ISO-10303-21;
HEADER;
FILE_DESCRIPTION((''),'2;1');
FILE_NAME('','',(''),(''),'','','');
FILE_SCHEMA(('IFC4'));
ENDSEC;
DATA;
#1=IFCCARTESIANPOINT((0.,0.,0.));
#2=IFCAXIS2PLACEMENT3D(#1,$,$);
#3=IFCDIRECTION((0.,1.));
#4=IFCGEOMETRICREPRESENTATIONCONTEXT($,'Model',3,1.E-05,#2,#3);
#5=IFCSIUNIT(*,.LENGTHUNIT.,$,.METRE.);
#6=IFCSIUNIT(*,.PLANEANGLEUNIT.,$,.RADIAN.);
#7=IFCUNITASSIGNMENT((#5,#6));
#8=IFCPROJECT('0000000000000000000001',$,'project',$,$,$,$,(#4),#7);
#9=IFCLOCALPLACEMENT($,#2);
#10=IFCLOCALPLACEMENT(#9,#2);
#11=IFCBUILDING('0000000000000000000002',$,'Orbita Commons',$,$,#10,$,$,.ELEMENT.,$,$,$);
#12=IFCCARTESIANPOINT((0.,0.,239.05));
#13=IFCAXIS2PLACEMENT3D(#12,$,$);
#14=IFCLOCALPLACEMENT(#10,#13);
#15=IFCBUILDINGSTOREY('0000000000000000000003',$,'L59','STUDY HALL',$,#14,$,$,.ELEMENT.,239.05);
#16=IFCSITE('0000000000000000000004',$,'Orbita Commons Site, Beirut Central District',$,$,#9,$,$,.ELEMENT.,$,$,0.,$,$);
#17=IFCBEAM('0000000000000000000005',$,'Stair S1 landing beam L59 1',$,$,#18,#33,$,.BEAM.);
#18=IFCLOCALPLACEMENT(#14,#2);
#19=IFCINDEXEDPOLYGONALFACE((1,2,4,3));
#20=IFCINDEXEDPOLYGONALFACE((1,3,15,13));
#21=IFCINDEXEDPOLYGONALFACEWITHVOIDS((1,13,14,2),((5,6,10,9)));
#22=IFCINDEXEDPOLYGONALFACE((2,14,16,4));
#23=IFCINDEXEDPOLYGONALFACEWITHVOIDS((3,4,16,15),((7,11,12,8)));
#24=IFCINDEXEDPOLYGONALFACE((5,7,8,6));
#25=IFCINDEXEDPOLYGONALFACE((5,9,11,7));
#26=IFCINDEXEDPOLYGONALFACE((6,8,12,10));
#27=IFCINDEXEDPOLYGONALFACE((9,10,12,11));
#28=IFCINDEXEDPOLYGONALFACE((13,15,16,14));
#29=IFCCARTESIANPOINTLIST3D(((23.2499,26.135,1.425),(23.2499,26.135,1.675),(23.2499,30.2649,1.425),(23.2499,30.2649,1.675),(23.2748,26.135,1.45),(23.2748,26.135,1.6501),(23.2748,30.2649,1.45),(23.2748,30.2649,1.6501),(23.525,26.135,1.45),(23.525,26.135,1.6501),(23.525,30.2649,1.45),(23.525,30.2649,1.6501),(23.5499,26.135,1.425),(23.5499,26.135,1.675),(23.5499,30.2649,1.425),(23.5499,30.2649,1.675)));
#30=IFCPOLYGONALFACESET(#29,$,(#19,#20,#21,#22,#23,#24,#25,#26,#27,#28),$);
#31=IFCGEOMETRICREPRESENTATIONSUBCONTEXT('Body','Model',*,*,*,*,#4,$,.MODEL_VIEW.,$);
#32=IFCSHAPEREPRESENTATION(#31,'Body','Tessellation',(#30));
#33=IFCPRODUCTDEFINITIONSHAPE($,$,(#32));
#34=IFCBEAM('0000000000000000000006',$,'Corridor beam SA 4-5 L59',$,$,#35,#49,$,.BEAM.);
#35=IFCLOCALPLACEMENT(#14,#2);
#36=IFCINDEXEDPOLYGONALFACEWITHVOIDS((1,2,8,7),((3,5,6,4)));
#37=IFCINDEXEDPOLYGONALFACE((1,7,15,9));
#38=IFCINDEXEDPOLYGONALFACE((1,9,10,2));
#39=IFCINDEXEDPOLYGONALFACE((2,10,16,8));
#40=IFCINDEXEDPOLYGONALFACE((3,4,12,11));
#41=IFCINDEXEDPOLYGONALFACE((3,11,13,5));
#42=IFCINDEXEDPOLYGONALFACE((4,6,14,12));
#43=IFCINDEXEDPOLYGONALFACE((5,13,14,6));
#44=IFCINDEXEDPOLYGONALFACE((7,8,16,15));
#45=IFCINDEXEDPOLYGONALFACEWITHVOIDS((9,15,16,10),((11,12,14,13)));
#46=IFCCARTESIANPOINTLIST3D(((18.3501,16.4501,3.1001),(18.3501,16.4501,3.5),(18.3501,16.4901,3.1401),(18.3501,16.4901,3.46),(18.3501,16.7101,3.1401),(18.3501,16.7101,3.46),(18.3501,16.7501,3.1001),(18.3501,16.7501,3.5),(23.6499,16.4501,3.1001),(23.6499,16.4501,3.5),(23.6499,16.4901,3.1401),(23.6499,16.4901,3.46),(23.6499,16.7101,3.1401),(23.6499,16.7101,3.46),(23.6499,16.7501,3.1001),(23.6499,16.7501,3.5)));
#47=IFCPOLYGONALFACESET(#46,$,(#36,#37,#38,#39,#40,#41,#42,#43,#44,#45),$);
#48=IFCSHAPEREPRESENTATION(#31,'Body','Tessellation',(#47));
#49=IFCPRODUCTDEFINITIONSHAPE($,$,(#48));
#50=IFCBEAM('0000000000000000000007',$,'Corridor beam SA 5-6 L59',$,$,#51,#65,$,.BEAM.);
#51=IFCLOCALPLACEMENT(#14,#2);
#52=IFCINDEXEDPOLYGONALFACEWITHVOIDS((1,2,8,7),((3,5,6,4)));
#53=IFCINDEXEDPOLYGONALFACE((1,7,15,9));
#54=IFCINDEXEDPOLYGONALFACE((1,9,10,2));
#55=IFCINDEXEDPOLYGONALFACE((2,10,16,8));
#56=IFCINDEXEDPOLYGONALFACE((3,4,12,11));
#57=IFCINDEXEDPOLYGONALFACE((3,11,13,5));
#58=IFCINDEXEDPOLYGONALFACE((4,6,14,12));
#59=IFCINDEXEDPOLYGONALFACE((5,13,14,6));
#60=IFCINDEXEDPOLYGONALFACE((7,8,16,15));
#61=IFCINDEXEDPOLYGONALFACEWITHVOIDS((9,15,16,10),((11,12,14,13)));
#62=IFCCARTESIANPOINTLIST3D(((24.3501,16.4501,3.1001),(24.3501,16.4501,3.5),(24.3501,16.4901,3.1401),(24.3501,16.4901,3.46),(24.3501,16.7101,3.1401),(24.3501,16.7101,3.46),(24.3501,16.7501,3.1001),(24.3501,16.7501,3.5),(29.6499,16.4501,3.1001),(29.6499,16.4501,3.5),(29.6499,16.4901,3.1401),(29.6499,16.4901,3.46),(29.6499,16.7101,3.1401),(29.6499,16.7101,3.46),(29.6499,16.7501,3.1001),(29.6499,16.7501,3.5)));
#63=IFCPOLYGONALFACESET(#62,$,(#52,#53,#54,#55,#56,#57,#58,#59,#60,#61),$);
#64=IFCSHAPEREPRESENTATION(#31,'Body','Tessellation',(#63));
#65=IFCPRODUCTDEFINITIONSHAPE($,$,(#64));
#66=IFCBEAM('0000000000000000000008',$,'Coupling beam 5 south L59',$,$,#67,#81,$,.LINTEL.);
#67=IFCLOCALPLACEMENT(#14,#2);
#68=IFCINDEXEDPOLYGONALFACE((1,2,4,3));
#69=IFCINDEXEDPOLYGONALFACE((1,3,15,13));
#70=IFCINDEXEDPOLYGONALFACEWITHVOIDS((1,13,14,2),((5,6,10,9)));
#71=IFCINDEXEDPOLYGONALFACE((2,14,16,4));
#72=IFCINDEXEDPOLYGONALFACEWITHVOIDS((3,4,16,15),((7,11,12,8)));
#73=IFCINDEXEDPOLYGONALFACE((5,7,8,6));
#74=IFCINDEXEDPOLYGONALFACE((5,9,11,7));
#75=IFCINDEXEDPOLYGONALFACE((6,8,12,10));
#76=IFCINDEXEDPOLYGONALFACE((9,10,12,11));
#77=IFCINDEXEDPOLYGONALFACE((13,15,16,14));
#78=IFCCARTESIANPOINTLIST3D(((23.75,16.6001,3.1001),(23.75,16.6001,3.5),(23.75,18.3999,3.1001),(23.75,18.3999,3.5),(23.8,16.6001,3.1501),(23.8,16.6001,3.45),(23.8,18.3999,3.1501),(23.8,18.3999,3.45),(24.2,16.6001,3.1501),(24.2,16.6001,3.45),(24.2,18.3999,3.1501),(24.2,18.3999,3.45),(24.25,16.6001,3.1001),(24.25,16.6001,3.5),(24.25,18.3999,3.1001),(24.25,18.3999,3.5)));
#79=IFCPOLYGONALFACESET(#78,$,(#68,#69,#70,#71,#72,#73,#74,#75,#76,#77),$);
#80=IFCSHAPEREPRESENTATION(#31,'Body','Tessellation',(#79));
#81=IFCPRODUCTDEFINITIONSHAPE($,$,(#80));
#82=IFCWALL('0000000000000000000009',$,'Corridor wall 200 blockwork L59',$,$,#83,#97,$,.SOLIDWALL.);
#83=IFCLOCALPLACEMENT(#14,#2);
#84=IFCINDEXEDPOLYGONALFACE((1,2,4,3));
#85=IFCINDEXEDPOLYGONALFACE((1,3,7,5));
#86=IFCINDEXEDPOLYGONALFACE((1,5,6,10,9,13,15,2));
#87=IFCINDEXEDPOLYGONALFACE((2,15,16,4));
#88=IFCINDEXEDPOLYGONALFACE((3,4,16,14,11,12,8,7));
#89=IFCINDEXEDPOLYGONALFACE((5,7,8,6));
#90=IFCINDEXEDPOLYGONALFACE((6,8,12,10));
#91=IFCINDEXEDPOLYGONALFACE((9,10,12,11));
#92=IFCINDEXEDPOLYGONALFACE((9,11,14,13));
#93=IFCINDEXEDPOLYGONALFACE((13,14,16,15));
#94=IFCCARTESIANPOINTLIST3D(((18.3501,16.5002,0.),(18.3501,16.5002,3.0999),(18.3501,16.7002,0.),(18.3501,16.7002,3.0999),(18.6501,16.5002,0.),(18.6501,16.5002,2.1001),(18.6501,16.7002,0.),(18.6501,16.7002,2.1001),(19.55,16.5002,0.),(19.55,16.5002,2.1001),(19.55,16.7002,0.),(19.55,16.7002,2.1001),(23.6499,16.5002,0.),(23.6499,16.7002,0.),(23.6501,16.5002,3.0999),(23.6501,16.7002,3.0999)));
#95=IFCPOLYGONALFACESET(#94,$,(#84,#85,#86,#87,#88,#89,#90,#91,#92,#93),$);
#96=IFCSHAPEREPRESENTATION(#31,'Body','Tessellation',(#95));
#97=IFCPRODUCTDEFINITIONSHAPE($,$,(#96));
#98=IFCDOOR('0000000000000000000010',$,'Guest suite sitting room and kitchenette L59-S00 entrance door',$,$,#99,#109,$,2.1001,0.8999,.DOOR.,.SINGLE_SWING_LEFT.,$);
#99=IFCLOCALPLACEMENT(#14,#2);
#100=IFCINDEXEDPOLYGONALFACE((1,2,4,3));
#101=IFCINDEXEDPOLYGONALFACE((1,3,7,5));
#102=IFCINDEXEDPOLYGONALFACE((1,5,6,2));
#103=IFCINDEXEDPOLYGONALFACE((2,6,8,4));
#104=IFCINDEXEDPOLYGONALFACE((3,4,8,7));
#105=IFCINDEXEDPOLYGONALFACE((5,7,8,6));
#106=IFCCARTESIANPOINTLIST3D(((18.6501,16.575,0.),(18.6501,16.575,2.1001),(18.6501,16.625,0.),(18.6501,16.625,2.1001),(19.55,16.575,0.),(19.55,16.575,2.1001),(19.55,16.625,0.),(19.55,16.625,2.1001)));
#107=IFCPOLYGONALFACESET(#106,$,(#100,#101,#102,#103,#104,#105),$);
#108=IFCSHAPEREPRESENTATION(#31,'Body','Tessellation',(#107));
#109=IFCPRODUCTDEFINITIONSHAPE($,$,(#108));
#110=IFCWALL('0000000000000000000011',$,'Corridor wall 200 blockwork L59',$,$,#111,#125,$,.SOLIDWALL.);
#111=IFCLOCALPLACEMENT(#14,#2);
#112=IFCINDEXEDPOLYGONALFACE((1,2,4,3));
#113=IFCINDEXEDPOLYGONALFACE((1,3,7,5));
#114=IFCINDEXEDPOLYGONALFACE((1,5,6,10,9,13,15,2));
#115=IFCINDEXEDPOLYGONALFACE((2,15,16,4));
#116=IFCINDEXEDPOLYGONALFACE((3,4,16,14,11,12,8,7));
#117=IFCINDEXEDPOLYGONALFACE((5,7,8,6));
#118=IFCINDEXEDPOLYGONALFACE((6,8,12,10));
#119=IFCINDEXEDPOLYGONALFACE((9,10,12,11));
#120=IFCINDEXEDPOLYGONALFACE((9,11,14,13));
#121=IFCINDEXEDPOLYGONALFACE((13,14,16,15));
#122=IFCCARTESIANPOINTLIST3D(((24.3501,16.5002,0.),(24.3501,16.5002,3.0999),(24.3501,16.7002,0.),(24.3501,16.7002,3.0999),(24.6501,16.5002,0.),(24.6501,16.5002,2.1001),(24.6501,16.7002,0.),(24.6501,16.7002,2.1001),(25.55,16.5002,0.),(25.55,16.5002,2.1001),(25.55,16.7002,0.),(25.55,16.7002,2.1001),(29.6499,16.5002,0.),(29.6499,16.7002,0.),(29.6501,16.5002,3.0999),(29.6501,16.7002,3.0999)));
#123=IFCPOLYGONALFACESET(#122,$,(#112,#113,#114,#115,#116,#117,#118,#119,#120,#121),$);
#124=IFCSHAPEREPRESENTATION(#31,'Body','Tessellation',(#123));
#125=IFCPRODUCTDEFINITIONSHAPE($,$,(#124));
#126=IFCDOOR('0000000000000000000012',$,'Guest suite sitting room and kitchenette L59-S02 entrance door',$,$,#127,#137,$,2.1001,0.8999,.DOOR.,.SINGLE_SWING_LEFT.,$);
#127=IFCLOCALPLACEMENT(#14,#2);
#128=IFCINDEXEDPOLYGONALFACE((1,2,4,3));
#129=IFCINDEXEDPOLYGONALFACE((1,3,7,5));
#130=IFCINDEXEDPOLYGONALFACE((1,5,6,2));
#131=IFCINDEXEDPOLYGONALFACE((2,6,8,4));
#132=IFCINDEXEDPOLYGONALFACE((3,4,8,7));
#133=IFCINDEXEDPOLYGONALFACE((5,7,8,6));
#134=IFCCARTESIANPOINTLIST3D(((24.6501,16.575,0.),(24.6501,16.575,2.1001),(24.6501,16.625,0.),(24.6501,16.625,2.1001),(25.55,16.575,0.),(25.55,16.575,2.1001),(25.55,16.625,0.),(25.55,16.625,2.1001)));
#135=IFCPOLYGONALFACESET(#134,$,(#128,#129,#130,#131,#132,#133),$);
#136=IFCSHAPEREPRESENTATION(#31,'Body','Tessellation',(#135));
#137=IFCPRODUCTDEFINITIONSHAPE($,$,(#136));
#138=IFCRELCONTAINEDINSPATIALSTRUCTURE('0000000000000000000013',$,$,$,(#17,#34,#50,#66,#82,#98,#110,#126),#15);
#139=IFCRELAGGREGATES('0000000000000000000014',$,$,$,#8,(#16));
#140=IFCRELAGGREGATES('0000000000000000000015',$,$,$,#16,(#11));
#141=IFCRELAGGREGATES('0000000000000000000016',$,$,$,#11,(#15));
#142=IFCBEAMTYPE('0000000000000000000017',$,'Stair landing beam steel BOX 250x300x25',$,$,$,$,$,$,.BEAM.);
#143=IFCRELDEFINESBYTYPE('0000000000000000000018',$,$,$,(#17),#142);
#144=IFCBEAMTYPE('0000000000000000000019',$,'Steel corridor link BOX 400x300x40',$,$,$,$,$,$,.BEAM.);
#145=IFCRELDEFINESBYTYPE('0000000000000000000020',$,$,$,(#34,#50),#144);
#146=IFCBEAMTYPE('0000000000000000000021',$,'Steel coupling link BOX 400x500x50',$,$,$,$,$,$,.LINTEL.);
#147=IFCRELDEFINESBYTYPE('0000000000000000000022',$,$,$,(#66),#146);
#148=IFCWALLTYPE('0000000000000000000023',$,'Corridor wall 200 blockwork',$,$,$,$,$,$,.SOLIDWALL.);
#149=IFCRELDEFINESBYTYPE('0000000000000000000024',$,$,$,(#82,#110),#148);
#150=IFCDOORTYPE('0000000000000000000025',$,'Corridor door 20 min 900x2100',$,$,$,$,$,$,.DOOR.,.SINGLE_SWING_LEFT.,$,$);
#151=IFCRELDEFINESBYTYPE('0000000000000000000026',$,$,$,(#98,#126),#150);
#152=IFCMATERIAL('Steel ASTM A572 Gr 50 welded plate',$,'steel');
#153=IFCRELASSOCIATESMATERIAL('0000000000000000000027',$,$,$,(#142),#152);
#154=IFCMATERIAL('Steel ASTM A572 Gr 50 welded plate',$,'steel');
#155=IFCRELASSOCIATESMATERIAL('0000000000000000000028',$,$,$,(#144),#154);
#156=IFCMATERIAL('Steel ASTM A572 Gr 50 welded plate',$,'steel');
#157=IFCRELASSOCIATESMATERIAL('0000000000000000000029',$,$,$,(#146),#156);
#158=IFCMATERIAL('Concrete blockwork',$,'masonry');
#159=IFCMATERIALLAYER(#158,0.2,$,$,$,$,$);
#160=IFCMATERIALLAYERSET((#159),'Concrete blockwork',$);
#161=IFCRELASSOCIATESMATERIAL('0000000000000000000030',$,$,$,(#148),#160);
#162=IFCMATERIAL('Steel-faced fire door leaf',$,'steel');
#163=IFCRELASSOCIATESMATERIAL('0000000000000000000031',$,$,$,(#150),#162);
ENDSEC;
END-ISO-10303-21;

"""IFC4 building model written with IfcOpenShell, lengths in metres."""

from ifc_helpers import new_model, si_unit, direction, frame, frame_2d, origin, origin_2d, place, context, subcontext, project, spatial, polyline, rectangle, hollow_rectangle, outline, extrude, material, layer, layer_set, material_profile, profile_set, type_object, element, fill, save


model = new_model("IFC4")

# Units and contexts
model_context = context("Model", 3, precision=1e-05, world=origin(), true_north=direction((0.0, 1.0)))
body_context = subcontext(model_context, "Body", "Model", "MODEL_VIEW")
ifc_project = project(units=[si_unit("LENGTHUNIT", "METRE"), si_unit("PLANEANGLEUNIT", "RADIAN")], contexts=[model_context])

# Site, building, storey
site_placement = place(None, origin())
site = spatial("IfcSite", under=ifc_project, at=site_placement, Name="Orbita Commons Site, Beirut Central District", CompositionType="ELEMENT", RefElevation=0.0)
building_placement = place(site_placement, origin())
building = spatial("IfcBuilding", under=site, at=building_placement, Name="Orbita Commons", CompositionType="ELEMENT")
storey_placement = place(building_placement, frame((0.0, 0.0, 239.05)))
storey = spatial("IfcBuildingStorey", under=building, at=storey_placement, Name="L59", Description="STUDY HALL", CompositionType="ELEMENT", Elevation=239.05)

# Beams
ifc_material_1 = material(Name="Steel ASTM A572 Gr 50 welded plate", Category="steel")
ifc_material_profile_1 = material_profile(ifc_material_1, hollow_rectangle(XDim=0.3, YDim=0.25, WallThickness=0.0249, at=origin_2d()), Name="BOX 250x300x25")
ifc_profile_set_1 = profile_set([ifc_material_profile_1], Name="Steel ASTM A572 Gr 50 welded plate")
beam_type_1 = type_object("IfcBeamType", Name="Stair landing beam steel BOX 250x300x25", PredefinedType="BEAM", material=ifc_profile_set_1)
beam_1_placement = place(storey_placement, frame((23.3999, 26.135, 1.55), z_axis=(0.0, 1.0, 0.0), x_axis=(-1.0, 0.0, 0.0)))
element("IfcBeam", 1, at=beam_1_placement, inside=storey, type_object=beam_type_1, Name="Stair S1 landing beam L59 1", PredefinedType="BEAM", context=body_context, shape_type="SweptSolid", body=[
    extrude(hollow_rectangle(XDim=0.3, YDim=0.25, WallThickness=0.0249, at=origin_2d()), origin(), (0.0, 0.0, 1.0), 4.1299),
])
ifc_material_2 = material(Name="Steel ASTM A572 Gr 50 welded plate", Category="steel")
ifc_material_profile_2 = material_profile(ifc_material_2, hollow_rectangle(XDim=0.3, YDim=0.3999, WallThickness=0.04, at=origin_2d()), Name="BOX 400x300x40")
ifc_profile_set_2 = profile_set([ifc_material_profile_2], Name="Steel ASTM A572 Gr 50 welded plate")
beam_type_2 = type_object("IfcBeamType", Name="Steel corridor link BOX 400x300x40", PredefinedType="BEAM", material=ifc_profile_set_2)
for number, where, z_axis, x_axis, name in (
    (2, (18.3501, 16.6001, 3.3), (1.0, 0.0, 0.0), (0.0, 1.0, 0.0), "Corridor beam SA 4-5 L59"),
    (3, (24.3501, 16.6001, 3.3), (1.0, 0.0, 0.0), (0.0, 1.0, 0.0), "Corridor beam SA 5-6 L59"),
):
    element("IfcBeam", number, at=place(storey_placement, frame(where, z_axis=z_axis, x_axis=x_axis)), inside=storey, type_object=beam_type_2, Name=name, PredefinedType="BEAM", context=body_context, shape_type="SweptSolid", body=[
        extrude(hollow_rectangle(XDim=0.3, YDim=0.3999, WallThickness=0.04, at=origin_2d()), origin(), (0.0, 0.0, 1.0), 5.2998),
    ])
ifc_material_3 = material(Name="Steel ASTM A572 Gr 50 welded plate", Category="steel")
ifc_material_profile_3 = material_profile(ifc_material_3, hollow_rectangle(XDim=0.5, YDim=0.3999, WallThickness=0.05, at=origin_2d()), Name="BOX 400x500x50")
ifc_profile_set_3 = profile_set([ifc_material_profile_3], Name="Steel ASTM A572 Gr 50 welded plate")
beam_type_3 = type_object("IfcBeamType", Name="Steel coupling link BOX 400x500x50", PredefinedType="LINTEL", material=ifc_profile_set_3)
beam_2_placement = place(storey_placement, frame((24.0, 16.6001, 3.3), z_axis=(0.0, 1.0, 0.0), x_axis=(-1.0, 0.0, 0.0)))
element("IfcBeam", 4, at=beam_2_placement, inside=storey, type_object=beam_type_3, Name="Coupling beam 5 south L59", PredefinedType="LINTEL", context=body_context, shape_type="SweptSolid", body=[
    extrude(hollow_rectangle(XDim=0.5, YDim=0.3999, WallThickness=0.05, at=origin_2d()), origin(), (0.0, 0.0, 1.0), 1.7998),
])

# Walls, openings, doors
ifc_material_4 = material(Name="Concrete blockwork", Category="masonry")
ifc_layer_1 = layer(ifc_material_4, 0.2)
ifc_layer_set_1 = layer_set([ifc_layer_1], Name="Concrete blockwork")
wall_type_1 = type_object("IfcWallType", Name="Corridor wall 200 blockwork", PredefinedType="SOLIDWALL", material=ifc_layer_set_1)
wall_1_placement = place(storey_placement, frame((18.3501, 16.6001, 0.0), z_axis=(0.0, 0.0, 1.0), x_axis=(1.0, 0.0, 0.0)))
wall_1 = element("IfcWall", 5, at=wall_1_placement, inside=storey, type_object=wall_type_1, Name="Corridor wall 200 blockwork L59", PredefinedType="SOLIDWALL", context=body_context, shape_type="SweptSolid", body=[
    extrude(outline(polyline([(0.0, 0.0), (5.2998, 0.0), (5.3, 3.0999), (0.0, 3.0999), (0.0, 0.0)])), frame((0.0, 0.1001, 0.0), z_axis=(0.0, -1.0, 0.0), x_axis=(1.0, 0.0, 0.0)), (0.0, 0.0, 1.0), 0.2),
])
opening_1_placement = place(wall_1_placement, frame((0.3, 0.0, 0.0)))
opening_1 = element("IfcOpeningElement", 6, at=opening_1_placement, cuts=wall_1, PredefinedType="OPENING", context=body_context, shape_type="SweptSolid", body=[
    extrude(rectangle(XDim=0.8999, YDim=2.1001, at=frame_2d((0.45, 1.05))), frame((0.0, 0.1099, 0.0), z_axis=(0.0, -1.0, 0.0), x_axis=(1.0, 0.0, 0.0)), (0.0, 0.0, 1.0), 0.22),
])
ifc_material_5 = material(Name="Steel-faced fire door leaf", Category="steel")
door_type_1 = type_object("IfcDoorType", Name="Corridor door 20 min 900x2100", OperationType="SINGLE_SWING_LEFT", PredefinedType="DOOR", material=ifc_material_5)
door_1_placement = place(opening_1_placement, origin())
door_1 = element("IfcDoor", 7, at=door_1_placement, inside=storey, type_object=door_type_1, Name="Guest suite sitting room and kitchenette L59-S00 entrance door", OperationType="SINGLE_SWING_LEFT", OverallHeight=2.1001, OverallWidth=0.8999, PredefinedType="DOOR", context=body_context, shape_type="SweptSolid", body=[
    extrude(rectangle(XDim=0.8999, YDim=2.1001, at=frame_2d((0.45, 1.05))), frame((0.0, 0.0249, 0.0), z_axis=(0.0, -1.0, 0.0), x_axis=(1.0, 0.0, 0.0)), (0.0, 0.0, 1.0), 0.05),
])
fill(opening_1, door_1)
wall_2_placement = place(storey_placement, frame((24.3501, 16.6001, 0.0), z_axis=(0.0, 0.0, 1.0), x_axis=(1.0, 0.0, 0.0)))
wall_2 = element("IfcWall", 8, at=wall_2_placement, inside=storey, type_object=wall_type_1, Name="Corridor wall 200 blockwork L59", PredefinedType="SOLIDWALL", context=body_context, shape_type="SweptSolid", body=[
    extrude(outline(polyline([(0.0, 0.0), (5.2998, 0.0), (5.3, 3.0999), (0.0, 3.0999), (0.0, 0.0)])), frame((0.0, 0.1001, 0.0), z_axis=(0.0, -1.0, 0.0), x_axis=(1.0, 0.0, 0.0)), (0.0, 0.0, 1.0), 0.2),
])
opening_2_placement = place(wall_2_placement, frame((0.3, 0.0, 0.0)))
opening_2 = element("IfcOpeningElement", 9, at=opening_2_placement, cuts=wall_2, PredefinedType="OPENING", context=body_context, shape_type="SweptSolid", body=[
    extrude(rectangle(XDim=0.8999, YDim=2.1001, at=frame_2d((0.45, 1.05))), frame((0.0, 0.1099, 0.0), z_axis=(0.0, -1.0, 0.0), x_axis=(1.0, 0.0, 0.0)), (0.0, 0.0, 1.0), 0.22),
])
door_2_placement = place(opening_2_placement, origin())
door_2 = element("IfcDoor", 10, at=door_2_placement, inside=storey, type_object=door_type_1, Name="Guest suite sitting room and kitchenette L59-S02 entrance door", OperationType="SINGLE_SWING_LEFT", OverallHeight=2.1001, OverallWidth=0.8999, PredefinedType="DOOR", context=body_context, shape_type="SweptSolid", body=[
    extrude(rectangle(XDim=0.8999, YDim=2.1001, at=frame_2d((0.45, 1.05))), frame((0.0, 0.0249, 0.0), z_axis=(0.0, -1.0, 0.0), x_axis=(1.0, 0.0, 0.0)), (0.0, 0.0, 1.0), 0.05),
])
fill(opening_2, door_2)

save(model, "model.ifc")
